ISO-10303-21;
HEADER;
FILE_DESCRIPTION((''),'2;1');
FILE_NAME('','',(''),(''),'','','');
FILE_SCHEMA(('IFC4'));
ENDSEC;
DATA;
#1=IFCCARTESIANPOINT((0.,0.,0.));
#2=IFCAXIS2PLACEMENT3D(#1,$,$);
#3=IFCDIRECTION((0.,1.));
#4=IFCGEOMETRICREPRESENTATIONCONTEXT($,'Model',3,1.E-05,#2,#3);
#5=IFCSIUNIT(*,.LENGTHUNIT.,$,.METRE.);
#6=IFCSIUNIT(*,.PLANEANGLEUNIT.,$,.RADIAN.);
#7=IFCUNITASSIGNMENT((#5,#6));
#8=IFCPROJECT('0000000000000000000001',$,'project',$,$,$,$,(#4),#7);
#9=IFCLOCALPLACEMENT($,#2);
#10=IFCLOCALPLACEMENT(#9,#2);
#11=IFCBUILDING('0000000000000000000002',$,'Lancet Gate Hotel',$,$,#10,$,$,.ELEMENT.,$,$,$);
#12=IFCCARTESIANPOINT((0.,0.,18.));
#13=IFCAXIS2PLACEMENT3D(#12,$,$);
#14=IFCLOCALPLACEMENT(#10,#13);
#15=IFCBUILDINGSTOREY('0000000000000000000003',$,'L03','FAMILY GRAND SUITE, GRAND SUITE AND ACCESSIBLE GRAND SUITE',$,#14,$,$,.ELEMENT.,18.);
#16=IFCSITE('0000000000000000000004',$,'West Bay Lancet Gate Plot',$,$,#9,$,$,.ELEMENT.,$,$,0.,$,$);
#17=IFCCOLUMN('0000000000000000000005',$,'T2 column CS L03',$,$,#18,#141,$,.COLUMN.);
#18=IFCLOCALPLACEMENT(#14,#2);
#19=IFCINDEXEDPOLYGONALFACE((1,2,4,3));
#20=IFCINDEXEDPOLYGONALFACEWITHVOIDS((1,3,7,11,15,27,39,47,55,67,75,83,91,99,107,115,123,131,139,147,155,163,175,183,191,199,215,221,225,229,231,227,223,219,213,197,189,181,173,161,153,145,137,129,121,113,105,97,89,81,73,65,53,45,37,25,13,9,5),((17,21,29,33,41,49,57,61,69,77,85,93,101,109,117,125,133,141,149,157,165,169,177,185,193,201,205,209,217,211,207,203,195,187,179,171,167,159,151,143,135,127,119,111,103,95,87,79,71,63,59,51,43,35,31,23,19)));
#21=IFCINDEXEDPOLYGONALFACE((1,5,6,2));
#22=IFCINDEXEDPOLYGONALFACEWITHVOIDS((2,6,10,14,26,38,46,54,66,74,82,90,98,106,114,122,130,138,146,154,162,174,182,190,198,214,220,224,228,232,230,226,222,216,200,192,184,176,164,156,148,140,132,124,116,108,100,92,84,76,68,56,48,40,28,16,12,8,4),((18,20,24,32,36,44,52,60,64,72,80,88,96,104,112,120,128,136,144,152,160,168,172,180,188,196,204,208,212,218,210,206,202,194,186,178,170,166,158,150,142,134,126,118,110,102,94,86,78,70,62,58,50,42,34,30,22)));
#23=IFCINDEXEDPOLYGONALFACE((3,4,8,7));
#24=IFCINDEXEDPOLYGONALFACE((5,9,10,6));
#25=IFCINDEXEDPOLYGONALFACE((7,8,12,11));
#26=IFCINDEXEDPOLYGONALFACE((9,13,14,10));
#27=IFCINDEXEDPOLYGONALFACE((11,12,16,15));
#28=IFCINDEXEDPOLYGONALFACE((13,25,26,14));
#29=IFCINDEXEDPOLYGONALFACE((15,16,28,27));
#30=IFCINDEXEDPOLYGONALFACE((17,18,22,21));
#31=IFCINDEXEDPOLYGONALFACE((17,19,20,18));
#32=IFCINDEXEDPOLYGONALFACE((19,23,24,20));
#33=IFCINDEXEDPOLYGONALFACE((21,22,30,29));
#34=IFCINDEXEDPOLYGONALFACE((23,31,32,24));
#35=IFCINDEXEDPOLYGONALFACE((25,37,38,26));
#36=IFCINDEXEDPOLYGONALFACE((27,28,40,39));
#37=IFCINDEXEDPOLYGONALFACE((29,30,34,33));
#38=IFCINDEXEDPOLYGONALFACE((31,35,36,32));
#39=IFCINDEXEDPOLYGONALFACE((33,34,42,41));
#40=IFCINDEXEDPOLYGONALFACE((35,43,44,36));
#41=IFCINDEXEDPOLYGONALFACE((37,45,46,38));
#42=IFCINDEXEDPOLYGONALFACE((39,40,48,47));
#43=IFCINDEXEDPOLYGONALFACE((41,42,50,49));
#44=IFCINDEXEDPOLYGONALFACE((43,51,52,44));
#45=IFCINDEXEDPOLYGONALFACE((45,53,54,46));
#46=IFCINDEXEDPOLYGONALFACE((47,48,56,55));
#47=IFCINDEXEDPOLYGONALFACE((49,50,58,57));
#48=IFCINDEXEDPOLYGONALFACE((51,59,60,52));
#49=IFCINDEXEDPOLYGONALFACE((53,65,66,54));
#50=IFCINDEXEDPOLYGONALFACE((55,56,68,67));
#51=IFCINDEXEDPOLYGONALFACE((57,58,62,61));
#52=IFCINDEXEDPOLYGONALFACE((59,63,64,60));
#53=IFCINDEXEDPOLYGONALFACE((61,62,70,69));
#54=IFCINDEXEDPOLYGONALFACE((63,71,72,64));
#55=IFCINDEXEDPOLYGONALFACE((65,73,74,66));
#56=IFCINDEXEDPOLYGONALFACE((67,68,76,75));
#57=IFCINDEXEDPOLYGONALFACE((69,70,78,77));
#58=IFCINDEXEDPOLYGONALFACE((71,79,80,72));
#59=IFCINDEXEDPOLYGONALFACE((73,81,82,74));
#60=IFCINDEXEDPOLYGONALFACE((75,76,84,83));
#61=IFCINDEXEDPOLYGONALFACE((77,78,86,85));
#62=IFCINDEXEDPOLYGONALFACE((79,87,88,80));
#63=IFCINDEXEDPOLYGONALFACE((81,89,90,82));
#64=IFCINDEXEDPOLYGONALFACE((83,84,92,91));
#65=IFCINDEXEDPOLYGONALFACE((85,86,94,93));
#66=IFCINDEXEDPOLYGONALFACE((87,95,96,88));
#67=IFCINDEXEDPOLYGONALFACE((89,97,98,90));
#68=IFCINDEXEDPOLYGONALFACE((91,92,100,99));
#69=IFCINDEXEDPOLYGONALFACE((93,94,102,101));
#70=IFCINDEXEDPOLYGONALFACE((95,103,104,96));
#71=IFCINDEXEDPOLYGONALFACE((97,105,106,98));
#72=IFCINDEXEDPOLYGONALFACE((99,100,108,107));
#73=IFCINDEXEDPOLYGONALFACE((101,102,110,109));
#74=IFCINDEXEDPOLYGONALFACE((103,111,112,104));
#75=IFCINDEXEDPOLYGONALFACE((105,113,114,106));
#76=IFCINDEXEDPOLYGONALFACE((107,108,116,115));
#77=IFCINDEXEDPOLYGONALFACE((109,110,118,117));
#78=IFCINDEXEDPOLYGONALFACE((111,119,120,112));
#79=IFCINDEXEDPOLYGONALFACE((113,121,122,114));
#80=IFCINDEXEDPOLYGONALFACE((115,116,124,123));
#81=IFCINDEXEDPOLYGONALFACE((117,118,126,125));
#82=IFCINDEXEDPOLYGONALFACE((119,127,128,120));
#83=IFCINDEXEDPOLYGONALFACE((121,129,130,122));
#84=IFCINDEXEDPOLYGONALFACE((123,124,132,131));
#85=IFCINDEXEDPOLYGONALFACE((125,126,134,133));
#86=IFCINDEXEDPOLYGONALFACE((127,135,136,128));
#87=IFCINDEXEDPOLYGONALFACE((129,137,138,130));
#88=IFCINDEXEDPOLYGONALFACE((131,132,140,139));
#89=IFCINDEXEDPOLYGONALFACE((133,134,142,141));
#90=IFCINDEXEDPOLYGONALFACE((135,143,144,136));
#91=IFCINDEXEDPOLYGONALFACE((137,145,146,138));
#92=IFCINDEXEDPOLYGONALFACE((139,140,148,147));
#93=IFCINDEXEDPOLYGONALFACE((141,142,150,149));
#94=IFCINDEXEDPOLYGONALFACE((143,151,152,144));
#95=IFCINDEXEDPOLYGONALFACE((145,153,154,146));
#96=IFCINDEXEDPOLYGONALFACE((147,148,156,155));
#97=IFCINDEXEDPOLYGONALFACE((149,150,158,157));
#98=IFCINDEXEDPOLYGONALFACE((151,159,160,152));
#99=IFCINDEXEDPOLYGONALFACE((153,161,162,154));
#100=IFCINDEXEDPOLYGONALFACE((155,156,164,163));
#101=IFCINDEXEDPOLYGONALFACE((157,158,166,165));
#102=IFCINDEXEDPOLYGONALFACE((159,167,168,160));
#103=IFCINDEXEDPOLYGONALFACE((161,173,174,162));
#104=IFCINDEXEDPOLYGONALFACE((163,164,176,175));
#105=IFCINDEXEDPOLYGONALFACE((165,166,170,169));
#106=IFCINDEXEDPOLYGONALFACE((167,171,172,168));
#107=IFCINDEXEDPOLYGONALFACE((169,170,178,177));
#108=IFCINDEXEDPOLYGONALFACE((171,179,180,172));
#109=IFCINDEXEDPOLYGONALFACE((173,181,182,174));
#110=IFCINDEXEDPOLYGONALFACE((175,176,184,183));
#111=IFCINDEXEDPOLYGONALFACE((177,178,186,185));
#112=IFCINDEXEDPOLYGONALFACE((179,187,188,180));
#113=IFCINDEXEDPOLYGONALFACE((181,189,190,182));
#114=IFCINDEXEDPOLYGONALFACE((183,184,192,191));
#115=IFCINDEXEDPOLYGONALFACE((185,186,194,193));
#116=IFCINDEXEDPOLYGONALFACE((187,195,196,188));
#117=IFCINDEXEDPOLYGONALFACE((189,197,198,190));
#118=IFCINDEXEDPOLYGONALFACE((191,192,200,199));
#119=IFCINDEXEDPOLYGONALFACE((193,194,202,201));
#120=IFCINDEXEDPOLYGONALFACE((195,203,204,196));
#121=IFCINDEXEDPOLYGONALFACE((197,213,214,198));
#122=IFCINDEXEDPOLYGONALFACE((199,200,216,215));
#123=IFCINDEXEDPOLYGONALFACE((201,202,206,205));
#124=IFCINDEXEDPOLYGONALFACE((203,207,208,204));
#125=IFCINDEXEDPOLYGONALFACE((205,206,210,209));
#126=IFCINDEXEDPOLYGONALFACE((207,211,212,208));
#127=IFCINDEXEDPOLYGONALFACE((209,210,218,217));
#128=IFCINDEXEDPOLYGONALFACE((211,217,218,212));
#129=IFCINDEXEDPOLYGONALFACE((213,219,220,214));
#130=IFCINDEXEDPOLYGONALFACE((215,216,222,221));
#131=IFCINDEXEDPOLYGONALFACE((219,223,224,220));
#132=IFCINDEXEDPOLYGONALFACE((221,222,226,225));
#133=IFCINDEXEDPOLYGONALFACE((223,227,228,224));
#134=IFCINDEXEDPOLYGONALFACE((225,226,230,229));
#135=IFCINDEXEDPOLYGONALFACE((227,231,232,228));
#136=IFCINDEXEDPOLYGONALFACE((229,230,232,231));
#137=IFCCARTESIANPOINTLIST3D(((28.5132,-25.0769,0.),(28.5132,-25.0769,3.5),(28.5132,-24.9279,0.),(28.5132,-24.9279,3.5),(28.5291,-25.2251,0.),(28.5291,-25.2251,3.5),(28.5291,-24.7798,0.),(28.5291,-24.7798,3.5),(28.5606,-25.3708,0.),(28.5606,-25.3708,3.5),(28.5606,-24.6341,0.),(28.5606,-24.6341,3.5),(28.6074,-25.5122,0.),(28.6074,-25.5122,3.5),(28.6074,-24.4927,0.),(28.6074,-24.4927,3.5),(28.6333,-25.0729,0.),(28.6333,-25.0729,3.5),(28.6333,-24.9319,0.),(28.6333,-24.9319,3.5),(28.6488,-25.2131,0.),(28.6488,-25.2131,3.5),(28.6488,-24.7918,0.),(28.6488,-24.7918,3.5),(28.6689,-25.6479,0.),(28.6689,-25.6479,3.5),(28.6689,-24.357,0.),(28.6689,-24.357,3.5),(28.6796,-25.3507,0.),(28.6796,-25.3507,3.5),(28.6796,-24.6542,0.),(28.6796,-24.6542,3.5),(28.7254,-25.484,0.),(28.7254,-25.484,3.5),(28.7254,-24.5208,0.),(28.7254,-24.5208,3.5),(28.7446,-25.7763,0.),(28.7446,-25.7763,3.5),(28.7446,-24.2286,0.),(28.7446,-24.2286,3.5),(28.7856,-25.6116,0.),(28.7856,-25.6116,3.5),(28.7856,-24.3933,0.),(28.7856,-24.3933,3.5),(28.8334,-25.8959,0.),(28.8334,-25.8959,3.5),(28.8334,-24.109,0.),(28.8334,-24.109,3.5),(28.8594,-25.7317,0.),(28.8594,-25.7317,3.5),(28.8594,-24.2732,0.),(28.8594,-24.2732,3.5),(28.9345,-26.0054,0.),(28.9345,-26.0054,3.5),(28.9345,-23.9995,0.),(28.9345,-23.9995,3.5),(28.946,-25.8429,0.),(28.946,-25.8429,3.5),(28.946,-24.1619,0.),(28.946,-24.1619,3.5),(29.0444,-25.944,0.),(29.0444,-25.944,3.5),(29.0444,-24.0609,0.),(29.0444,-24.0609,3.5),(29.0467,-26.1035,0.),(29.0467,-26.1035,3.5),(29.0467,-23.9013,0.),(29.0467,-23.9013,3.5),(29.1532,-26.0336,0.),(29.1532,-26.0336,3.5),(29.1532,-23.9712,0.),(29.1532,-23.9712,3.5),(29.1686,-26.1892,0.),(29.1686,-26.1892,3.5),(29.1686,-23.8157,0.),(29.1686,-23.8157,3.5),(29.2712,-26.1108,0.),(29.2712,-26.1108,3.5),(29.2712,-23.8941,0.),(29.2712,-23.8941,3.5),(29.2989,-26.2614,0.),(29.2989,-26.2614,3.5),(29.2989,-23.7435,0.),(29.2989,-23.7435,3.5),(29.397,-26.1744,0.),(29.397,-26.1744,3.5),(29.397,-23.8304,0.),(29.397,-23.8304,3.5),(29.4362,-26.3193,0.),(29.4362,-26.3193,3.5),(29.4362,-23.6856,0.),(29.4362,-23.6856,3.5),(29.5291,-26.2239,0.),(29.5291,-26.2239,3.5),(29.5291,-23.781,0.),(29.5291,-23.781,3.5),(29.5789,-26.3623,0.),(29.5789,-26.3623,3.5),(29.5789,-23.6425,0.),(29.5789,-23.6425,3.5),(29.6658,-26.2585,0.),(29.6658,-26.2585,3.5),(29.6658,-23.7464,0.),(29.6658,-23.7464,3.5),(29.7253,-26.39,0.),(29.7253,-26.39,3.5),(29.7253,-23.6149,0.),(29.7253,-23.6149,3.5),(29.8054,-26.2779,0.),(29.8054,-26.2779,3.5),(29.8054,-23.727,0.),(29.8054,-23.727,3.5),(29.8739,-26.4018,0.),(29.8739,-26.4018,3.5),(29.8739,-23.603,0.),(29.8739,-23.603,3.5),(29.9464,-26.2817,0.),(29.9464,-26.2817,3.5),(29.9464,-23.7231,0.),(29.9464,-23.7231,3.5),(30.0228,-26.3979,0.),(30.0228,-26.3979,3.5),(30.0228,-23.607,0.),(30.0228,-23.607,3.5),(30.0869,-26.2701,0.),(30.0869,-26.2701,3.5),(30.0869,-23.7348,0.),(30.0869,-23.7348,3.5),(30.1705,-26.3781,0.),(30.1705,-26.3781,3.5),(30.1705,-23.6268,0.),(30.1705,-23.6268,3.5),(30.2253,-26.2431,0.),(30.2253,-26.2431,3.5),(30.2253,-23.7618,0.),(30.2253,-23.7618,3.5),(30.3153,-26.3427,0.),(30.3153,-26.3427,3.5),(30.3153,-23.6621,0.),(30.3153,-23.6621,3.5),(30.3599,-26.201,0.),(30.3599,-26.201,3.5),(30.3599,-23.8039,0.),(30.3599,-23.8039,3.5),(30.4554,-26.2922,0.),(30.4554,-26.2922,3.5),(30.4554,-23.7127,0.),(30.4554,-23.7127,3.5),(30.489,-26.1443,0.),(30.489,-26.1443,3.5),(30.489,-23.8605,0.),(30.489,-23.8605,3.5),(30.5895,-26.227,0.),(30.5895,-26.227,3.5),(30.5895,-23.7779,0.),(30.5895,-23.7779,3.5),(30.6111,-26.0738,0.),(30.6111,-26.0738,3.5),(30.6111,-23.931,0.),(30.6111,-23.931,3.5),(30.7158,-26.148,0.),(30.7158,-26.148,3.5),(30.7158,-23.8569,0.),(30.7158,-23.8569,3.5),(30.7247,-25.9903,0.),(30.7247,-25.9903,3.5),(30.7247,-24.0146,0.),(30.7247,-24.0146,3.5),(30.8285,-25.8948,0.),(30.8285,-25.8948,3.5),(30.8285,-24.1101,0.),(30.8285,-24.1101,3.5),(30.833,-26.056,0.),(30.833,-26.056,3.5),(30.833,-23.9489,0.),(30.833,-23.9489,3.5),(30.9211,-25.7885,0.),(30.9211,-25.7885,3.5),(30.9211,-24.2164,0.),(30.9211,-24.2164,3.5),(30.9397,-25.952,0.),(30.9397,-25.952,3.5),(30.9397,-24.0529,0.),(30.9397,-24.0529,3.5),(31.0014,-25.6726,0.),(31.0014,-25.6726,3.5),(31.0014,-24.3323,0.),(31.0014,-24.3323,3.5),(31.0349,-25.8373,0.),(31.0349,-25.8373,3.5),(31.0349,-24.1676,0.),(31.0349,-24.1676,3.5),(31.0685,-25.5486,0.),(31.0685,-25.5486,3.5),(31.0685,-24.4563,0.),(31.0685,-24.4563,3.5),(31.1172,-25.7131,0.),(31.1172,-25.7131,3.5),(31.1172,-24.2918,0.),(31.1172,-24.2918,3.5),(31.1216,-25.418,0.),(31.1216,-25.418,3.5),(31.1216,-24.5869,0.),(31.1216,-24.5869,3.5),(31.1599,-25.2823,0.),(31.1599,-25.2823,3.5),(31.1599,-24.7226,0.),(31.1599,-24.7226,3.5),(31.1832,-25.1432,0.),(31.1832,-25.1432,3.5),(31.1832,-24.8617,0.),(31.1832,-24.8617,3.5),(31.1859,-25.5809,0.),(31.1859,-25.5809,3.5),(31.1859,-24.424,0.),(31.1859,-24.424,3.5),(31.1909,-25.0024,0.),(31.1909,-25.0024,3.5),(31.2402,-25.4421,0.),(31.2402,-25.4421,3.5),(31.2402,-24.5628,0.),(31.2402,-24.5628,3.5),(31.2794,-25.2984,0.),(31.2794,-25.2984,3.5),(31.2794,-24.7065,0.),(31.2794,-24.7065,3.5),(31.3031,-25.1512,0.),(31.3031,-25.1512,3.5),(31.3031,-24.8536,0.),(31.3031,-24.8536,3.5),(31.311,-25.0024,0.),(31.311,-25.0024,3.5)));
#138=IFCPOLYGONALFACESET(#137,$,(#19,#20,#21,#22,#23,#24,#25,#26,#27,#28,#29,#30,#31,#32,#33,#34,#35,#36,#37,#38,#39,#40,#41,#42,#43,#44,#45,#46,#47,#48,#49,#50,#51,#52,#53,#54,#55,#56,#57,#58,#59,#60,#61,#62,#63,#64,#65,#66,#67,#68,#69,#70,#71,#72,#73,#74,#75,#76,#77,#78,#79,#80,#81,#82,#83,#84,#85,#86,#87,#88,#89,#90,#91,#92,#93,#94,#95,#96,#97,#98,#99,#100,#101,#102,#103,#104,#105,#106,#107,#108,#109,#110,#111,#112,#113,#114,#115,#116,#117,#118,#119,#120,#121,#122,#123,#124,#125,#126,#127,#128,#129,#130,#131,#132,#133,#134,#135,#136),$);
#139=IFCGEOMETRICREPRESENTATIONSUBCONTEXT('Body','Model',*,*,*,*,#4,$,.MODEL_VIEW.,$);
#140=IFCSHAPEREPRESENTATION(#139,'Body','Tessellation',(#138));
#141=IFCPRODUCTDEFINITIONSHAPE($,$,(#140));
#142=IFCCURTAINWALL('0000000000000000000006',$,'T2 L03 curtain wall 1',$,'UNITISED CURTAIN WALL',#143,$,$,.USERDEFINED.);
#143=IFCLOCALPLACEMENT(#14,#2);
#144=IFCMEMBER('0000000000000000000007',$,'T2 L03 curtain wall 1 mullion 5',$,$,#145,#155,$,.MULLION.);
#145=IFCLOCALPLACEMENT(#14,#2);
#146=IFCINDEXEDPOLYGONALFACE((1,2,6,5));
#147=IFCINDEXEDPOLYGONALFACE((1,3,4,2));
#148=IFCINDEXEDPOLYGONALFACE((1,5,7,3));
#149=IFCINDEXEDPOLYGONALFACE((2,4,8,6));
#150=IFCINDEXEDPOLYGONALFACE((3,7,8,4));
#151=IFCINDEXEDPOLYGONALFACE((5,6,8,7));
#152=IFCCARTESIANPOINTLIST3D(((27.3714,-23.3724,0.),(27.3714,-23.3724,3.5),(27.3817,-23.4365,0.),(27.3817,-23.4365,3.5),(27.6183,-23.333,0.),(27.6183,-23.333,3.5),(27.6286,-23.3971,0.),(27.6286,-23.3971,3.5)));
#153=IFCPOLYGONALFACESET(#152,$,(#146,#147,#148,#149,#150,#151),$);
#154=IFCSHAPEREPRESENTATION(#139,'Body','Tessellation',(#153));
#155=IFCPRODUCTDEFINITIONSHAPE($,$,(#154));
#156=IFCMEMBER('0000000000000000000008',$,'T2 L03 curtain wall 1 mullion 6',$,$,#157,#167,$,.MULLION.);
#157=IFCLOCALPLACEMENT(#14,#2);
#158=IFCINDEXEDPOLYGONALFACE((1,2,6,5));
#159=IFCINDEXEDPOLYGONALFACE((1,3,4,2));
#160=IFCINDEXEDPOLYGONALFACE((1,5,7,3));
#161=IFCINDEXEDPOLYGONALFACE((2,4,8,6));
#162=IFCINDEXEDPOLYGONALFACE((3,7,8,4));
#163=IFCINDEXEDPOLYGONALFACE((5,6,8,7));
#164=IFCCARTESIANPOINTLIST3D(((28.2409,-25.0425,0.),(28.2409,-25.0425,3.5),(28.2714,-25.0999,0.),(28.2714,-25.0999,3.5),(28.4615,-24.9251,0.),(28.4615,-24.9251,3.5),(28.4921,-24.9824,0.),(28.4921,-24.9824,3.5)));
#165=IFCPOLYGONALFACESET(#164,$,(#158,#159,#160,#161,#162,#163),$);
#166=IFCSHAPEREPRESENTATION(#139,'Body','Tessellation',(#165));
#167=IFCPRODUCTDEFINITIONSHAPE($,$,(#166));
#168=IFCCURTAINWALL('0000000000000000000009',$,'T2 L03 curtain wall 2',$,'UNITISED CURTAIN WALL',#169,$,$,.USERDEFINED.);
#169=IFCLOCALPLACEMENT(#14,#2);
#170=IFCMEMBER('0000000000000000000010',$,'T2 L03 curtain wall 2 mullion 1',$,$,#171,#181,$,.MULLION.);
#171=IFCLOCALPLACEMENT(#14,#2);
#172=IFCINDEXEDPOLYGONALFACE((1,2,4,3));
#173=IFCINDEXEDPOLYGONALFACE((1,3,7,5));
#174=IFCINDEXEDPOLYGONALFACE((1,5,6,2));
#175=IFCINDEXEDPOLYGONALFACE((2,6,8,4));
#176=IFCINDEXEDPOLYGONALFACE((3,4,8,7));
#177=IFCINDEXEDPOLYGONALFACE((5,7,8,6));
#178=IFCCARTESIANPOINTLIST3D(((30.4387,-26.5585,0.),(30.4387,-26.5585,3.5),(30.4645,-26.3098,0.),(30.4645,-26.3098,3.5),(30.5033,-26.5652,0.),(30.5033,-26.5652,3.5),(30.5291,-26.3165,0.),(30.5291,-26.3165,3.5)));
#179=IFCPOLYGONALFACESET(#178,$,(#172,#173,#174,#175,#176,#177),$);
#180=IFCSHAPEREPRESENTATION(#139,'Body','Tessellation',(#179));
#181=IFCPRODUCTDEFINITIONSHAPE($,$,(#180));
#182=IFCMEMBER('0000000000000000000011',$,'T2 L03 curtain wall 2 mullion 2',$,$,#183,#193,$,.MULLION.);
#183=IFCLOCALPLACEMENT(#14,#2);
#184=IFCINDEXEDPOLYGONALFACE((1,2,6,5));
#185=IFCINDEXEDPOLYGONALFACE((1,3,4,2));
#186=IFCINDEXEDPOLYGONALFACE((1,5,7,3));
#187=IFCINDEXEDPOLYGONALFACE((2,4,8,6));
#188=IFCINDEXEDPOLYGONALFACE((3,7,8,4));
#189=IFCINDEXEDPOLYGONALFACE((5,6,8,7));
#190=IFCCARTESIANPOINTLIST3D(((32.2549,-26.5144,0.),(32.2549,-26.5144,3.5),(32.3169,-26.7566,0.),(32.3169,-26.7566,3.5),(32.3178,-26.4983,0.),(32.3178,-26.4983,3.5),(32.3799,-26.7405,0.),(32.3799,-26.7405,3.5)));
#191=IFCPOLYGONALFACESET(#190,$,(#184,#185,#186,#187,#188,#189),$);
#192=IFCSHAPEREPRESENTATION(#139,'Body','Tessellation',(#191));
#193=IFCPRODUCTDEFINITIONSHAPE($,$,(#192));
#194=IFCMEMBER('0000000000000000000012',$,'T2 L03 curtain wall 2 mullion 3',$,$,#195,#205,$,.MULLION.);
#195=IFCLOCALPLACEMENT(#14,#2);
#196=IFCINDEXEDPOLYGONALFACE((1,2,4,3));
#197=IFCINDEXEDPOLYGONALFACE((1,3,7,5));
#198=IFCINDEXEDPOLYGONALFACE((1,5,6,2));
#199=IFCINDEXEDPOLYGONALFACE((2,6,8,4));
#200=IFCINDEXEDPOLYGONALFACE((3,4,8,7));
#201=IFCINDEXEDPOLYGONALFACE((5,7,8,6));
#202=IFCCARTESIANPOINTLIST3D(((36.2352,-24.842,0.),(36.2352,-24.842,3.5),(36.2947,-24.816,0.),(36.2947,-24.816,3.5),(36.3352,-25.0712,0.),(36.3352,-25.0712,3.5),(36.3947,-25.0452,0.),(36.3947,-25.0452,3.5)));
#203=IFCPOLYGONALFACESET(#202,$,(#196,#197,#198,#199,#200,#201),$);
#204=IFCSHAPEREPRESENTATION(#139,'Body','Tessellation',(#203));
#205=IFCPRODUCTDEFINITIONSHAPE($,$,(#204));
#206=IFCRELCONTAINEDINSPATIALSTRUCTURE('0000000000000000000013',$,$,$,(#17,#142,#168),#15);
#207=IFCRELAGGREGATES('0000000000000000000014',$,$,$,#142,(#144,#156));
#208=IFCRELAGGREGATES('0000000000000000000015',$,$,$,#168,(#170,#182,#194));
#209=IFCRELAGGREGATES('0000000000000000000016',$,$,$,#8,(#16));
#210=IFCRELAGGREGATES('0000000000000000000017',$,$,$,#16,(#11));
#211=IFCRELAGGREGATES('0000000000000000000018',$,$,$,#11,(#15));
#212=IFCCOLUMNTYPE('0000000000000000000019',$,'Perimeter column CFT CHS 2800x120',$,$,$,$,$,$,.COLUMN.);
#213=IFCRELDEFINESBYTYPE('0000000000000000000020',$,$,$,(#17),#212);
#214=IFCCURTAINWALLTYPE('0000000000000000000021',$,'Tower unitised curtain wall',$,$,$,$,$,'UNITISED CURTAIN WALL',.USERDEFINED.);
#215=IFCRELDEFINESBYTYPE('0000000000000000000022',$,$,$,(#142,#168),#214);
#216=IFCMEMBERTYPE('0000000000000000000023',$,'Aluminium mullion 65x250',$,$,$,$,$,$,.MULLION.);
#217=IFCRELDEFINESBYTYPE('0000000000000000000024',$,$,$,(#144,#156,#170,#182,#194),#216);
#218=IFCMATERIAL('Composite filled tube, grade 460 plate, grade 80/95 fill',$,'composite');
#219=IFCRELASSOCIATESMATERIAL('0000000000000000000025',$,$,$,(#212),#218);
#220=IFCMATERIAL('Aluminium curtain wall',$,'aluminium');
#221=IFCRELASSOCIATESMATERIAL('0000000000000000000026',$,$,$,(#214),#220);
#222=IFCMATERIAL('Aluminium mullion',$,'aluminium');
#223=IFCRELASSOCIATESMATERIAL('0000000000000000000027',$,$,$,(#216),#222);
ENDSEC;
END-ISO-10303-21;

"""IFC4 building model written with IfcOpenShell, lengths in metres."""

from ifc_helpers import new_model, si_unit, direction, frame, origin, origin_2d, place, context, subcontext, project, spatial, rectangle, hollow_circle, extrude, material, material_profile, profile_set, type_object, element, aggregate, save


model = new_model("IFC4")

# Units and contexts
model_context = context("Model", 3, precision=1e-05, world=origin(), true_north=direction((0.0, 1.0)))
body_context = subcontext(model_context, "Body", "Model", "MODEL_VIEW")
ifc_project = project(units=[si_unit("LENGTHUNIT", "METRE"), si_unit("PLANEANGLEUNIT", "RADIAN")], contexts=[model_context])

# Site, building, storey
site_placement = place(None, origin())
site = spatial("IfcSite", under=ifc_project, at=site_placement, Name="West Bay Lancet Gate Plot", CompositionType="ELEMENT", RefElevation=0.0)
building_placement = place(site_placement, origin())
building = spatial("IfcBuilding", under=site, at=building_placement, Name="Lancet Gate Hotel", CompositionType="ELEMENT")
storey_placement = place(building_placement, frame((0.0, 0.0, 18.0)))
storey = spatial("IfcBuildingStorey", under=building, at=storey_placement, Name="L03", Description="FAMILY GRAND SUITE, GRAND SUITE AND ACCESSIBLE GRAND SUITE", CompositionType="ELEMENT", Elevation=18.0)

# Column
ifc_material_1 = material(Name="Composite filled tube, grade 460 plate, grade 80/95 fill", Category="composite")
ifc_material_profile_1 = material_profile(ifc_material_1, hollow_circle(Radius=1.3999, WallThickness=0.1201, at=origin_2d()), Name="CHS 2800x120")
ifc_profile_set_1 = profile_set([ifc_material_profile_1], Name="Composite filled tube, grade 460 plate, grade 80/95 fill")
column_type = type_object("IfcColumnType", Name="Perimeter column CFT CHS 2800x120", PredefinedType="COLUMN", material=ifc_profile_set_1)
column_placement = place(storey_placement, frame((29.9111, -25.0024, 0.0), z_axis=(0.0, 0.0, 1.0), x_axis=(1.0, 0.0, 0.0)))
element("IfcColumn", 1, at=column_placement, inside=storey, type_object=column_type, Name="T2 column CS L03", PredefinedType="COLUMN", context=body_context, shape_type="SweptSolid", body=[
    extrude(hollow_circle(Radius=1.3999, WallThickness=0.1201, at=origin_2d()), origin(), (0.0, 0.0, 1.0), 3.5),
])

# Curtain walls, members
ifc_material_2 = material(Name="Aluminium curtain wall", Category="aluminium")
curtain_wall_type = type_object("IfcCurtainWallType", Name="Tower unitised curtain wall", ElementType="UNITISED CURTAIN WALL", PredefinedType="USERDEFINED", material=ifc_material_2)
curtain_wall_1_placement = place(storey_placement, origin())
curtain_wall_1 = element("IfcCurtainWall", 2, at=curtain_wall_1_placement, inside=storey, type_object=curtain_wall_type, Name="T2 L03 curtain wall 1", ObjectType="UNITISED CURTAIN WALL", PredefinedType="USERDEFINED")
ifc_material_3 = material(Name="Aluminium mullion", Category="aluminium")
ifc_material_profile_2 = material_profile(ifc_material_3, rectangle(XDim=0.0649, YDim=0.25, at=origin_2d()), Name="MULLION 65x250")
ifc_profile_set_2 = profile_set([ifc_material_profile_2], Name="Aluminium mullion")
member_type_1 = type_object("IfcMemberType", Name="Aluminium mullion 65x250", PredefinedType="MULLION", material=ifc_profile_set_2)
member_1_placement = place(storey_placement, frame((27.5, -23.3848, 0.0), z_axis=(0.0, 0.0, 1.0), x_axis=(0.157752, -0.987479, 0.0)))
member_1 = element("IfcMember", 3, at=member_1_placement, type_object=member_type_1, Name="T2 L03 curtain wall 1 mullion 5", PredefinedType="MULLION", context=body_context, shape_type="SweptSolid", body=[
    extrude(rectangle(XDim=0.0649, YDim=0.25, at=origin_2d()), origin(), (0.0, 0.0, 1.0), 3.5),
])
member_2_placement = place(storey_placement, frame((28.3665, -25.0125, 0.0), z_axis=(0.0, 0.0, 1.0), x_axis=(0.469898, -0.882721, 0.0)))
member_2 = element("IfcMember", 4, at=member_2_placement, type_object=member_type_1, Name="T2 L03 curtain wall 1 mullion 6", PredefinedType="MULLION", context=body_context, shape_type="SweptSolid", body=[
    extrude(rectangle(XDim=0.0649, YDim=0.25, at=origin_2d()), origin(), (0.0, 0.0, 1.0), 3.5),
])
curtain_wall_2_placement = place(storey_placement, origin())
curtain_wall_2 = element("IfcCurtainWall", 5, at=curtain_wall_2_placement, inside=storey, type_object=curtain_wall_type, Name="T2 L03 curtain wall 2", ObjectType="UNITISED CURTAIN WALL", PredefinedType="USERDEFINED")
member_3_placement = place(storey_placement, frame((30.4839, -26.4375, 0.0), z_axis=(0.0, 0.0, 1.0), x_axis=(0.994672, -0.103088, 0.0)))
member_3 = element("IfcMember", 6, at=member_3_placement, type_object=member_type_1, Name="T2 L03 curtain wall 2 mullion 1", PredefinedType="MULLION", context=body_context, shape_type="SweptSolid", body=[
    extrude(rectangle(XDim=0.0649, YDim=0.25, at=origin_2d()), origin(), (0.0, 0.0, 1.0), 3.5),
])
member_4_placement = place(storey_placement, frame((32.3174, -26.6274, 0.0), z_axis=(0.0, 0.0, 1.0), x_axis=(0.968721, 0.24815, 0.0)))
member_4 = element("IfcMember", 7, at=member_4_placement, type_object=member_type_1, Name="T2 L03 curtain wall 2 mullion 2", PredefinedType="MULLION", context=body_context, shape_type="SweptSolid", body=[
    extrude(rectangle(XDim=0.0649, YDim=0.25, at=origin_2d()), origin(), (0.0, 0.0, 1.0), 3.5),
])
member_5_placement = place(storey_placement, frame((36.3149, -24.9436, 0.0), z_axis=(0.0, 0.0, 1.0), x_axis=(0.916579, 0.399854, 0.0)))
member_5 = element("IfcMember", 8, at=member_5_placement, type_object=member_type_1, Name="T2 L03 curtain wall 2 mullion 3", PredefinedType="MULLION", context=body_context, shape_type="SweptSolid", body=[
    extrude(rectangle(XDim=0.0649, YDim=0.25, at=origin_2d()), origin(), (0.0, 0.0, 1.0), 3.5),
])

aggregate(curtain_wall_1, [member_1, member_2])
aggregate(curtain_wall_2, [member_3, member_4, member_5])

save(model, "model.ifc")
